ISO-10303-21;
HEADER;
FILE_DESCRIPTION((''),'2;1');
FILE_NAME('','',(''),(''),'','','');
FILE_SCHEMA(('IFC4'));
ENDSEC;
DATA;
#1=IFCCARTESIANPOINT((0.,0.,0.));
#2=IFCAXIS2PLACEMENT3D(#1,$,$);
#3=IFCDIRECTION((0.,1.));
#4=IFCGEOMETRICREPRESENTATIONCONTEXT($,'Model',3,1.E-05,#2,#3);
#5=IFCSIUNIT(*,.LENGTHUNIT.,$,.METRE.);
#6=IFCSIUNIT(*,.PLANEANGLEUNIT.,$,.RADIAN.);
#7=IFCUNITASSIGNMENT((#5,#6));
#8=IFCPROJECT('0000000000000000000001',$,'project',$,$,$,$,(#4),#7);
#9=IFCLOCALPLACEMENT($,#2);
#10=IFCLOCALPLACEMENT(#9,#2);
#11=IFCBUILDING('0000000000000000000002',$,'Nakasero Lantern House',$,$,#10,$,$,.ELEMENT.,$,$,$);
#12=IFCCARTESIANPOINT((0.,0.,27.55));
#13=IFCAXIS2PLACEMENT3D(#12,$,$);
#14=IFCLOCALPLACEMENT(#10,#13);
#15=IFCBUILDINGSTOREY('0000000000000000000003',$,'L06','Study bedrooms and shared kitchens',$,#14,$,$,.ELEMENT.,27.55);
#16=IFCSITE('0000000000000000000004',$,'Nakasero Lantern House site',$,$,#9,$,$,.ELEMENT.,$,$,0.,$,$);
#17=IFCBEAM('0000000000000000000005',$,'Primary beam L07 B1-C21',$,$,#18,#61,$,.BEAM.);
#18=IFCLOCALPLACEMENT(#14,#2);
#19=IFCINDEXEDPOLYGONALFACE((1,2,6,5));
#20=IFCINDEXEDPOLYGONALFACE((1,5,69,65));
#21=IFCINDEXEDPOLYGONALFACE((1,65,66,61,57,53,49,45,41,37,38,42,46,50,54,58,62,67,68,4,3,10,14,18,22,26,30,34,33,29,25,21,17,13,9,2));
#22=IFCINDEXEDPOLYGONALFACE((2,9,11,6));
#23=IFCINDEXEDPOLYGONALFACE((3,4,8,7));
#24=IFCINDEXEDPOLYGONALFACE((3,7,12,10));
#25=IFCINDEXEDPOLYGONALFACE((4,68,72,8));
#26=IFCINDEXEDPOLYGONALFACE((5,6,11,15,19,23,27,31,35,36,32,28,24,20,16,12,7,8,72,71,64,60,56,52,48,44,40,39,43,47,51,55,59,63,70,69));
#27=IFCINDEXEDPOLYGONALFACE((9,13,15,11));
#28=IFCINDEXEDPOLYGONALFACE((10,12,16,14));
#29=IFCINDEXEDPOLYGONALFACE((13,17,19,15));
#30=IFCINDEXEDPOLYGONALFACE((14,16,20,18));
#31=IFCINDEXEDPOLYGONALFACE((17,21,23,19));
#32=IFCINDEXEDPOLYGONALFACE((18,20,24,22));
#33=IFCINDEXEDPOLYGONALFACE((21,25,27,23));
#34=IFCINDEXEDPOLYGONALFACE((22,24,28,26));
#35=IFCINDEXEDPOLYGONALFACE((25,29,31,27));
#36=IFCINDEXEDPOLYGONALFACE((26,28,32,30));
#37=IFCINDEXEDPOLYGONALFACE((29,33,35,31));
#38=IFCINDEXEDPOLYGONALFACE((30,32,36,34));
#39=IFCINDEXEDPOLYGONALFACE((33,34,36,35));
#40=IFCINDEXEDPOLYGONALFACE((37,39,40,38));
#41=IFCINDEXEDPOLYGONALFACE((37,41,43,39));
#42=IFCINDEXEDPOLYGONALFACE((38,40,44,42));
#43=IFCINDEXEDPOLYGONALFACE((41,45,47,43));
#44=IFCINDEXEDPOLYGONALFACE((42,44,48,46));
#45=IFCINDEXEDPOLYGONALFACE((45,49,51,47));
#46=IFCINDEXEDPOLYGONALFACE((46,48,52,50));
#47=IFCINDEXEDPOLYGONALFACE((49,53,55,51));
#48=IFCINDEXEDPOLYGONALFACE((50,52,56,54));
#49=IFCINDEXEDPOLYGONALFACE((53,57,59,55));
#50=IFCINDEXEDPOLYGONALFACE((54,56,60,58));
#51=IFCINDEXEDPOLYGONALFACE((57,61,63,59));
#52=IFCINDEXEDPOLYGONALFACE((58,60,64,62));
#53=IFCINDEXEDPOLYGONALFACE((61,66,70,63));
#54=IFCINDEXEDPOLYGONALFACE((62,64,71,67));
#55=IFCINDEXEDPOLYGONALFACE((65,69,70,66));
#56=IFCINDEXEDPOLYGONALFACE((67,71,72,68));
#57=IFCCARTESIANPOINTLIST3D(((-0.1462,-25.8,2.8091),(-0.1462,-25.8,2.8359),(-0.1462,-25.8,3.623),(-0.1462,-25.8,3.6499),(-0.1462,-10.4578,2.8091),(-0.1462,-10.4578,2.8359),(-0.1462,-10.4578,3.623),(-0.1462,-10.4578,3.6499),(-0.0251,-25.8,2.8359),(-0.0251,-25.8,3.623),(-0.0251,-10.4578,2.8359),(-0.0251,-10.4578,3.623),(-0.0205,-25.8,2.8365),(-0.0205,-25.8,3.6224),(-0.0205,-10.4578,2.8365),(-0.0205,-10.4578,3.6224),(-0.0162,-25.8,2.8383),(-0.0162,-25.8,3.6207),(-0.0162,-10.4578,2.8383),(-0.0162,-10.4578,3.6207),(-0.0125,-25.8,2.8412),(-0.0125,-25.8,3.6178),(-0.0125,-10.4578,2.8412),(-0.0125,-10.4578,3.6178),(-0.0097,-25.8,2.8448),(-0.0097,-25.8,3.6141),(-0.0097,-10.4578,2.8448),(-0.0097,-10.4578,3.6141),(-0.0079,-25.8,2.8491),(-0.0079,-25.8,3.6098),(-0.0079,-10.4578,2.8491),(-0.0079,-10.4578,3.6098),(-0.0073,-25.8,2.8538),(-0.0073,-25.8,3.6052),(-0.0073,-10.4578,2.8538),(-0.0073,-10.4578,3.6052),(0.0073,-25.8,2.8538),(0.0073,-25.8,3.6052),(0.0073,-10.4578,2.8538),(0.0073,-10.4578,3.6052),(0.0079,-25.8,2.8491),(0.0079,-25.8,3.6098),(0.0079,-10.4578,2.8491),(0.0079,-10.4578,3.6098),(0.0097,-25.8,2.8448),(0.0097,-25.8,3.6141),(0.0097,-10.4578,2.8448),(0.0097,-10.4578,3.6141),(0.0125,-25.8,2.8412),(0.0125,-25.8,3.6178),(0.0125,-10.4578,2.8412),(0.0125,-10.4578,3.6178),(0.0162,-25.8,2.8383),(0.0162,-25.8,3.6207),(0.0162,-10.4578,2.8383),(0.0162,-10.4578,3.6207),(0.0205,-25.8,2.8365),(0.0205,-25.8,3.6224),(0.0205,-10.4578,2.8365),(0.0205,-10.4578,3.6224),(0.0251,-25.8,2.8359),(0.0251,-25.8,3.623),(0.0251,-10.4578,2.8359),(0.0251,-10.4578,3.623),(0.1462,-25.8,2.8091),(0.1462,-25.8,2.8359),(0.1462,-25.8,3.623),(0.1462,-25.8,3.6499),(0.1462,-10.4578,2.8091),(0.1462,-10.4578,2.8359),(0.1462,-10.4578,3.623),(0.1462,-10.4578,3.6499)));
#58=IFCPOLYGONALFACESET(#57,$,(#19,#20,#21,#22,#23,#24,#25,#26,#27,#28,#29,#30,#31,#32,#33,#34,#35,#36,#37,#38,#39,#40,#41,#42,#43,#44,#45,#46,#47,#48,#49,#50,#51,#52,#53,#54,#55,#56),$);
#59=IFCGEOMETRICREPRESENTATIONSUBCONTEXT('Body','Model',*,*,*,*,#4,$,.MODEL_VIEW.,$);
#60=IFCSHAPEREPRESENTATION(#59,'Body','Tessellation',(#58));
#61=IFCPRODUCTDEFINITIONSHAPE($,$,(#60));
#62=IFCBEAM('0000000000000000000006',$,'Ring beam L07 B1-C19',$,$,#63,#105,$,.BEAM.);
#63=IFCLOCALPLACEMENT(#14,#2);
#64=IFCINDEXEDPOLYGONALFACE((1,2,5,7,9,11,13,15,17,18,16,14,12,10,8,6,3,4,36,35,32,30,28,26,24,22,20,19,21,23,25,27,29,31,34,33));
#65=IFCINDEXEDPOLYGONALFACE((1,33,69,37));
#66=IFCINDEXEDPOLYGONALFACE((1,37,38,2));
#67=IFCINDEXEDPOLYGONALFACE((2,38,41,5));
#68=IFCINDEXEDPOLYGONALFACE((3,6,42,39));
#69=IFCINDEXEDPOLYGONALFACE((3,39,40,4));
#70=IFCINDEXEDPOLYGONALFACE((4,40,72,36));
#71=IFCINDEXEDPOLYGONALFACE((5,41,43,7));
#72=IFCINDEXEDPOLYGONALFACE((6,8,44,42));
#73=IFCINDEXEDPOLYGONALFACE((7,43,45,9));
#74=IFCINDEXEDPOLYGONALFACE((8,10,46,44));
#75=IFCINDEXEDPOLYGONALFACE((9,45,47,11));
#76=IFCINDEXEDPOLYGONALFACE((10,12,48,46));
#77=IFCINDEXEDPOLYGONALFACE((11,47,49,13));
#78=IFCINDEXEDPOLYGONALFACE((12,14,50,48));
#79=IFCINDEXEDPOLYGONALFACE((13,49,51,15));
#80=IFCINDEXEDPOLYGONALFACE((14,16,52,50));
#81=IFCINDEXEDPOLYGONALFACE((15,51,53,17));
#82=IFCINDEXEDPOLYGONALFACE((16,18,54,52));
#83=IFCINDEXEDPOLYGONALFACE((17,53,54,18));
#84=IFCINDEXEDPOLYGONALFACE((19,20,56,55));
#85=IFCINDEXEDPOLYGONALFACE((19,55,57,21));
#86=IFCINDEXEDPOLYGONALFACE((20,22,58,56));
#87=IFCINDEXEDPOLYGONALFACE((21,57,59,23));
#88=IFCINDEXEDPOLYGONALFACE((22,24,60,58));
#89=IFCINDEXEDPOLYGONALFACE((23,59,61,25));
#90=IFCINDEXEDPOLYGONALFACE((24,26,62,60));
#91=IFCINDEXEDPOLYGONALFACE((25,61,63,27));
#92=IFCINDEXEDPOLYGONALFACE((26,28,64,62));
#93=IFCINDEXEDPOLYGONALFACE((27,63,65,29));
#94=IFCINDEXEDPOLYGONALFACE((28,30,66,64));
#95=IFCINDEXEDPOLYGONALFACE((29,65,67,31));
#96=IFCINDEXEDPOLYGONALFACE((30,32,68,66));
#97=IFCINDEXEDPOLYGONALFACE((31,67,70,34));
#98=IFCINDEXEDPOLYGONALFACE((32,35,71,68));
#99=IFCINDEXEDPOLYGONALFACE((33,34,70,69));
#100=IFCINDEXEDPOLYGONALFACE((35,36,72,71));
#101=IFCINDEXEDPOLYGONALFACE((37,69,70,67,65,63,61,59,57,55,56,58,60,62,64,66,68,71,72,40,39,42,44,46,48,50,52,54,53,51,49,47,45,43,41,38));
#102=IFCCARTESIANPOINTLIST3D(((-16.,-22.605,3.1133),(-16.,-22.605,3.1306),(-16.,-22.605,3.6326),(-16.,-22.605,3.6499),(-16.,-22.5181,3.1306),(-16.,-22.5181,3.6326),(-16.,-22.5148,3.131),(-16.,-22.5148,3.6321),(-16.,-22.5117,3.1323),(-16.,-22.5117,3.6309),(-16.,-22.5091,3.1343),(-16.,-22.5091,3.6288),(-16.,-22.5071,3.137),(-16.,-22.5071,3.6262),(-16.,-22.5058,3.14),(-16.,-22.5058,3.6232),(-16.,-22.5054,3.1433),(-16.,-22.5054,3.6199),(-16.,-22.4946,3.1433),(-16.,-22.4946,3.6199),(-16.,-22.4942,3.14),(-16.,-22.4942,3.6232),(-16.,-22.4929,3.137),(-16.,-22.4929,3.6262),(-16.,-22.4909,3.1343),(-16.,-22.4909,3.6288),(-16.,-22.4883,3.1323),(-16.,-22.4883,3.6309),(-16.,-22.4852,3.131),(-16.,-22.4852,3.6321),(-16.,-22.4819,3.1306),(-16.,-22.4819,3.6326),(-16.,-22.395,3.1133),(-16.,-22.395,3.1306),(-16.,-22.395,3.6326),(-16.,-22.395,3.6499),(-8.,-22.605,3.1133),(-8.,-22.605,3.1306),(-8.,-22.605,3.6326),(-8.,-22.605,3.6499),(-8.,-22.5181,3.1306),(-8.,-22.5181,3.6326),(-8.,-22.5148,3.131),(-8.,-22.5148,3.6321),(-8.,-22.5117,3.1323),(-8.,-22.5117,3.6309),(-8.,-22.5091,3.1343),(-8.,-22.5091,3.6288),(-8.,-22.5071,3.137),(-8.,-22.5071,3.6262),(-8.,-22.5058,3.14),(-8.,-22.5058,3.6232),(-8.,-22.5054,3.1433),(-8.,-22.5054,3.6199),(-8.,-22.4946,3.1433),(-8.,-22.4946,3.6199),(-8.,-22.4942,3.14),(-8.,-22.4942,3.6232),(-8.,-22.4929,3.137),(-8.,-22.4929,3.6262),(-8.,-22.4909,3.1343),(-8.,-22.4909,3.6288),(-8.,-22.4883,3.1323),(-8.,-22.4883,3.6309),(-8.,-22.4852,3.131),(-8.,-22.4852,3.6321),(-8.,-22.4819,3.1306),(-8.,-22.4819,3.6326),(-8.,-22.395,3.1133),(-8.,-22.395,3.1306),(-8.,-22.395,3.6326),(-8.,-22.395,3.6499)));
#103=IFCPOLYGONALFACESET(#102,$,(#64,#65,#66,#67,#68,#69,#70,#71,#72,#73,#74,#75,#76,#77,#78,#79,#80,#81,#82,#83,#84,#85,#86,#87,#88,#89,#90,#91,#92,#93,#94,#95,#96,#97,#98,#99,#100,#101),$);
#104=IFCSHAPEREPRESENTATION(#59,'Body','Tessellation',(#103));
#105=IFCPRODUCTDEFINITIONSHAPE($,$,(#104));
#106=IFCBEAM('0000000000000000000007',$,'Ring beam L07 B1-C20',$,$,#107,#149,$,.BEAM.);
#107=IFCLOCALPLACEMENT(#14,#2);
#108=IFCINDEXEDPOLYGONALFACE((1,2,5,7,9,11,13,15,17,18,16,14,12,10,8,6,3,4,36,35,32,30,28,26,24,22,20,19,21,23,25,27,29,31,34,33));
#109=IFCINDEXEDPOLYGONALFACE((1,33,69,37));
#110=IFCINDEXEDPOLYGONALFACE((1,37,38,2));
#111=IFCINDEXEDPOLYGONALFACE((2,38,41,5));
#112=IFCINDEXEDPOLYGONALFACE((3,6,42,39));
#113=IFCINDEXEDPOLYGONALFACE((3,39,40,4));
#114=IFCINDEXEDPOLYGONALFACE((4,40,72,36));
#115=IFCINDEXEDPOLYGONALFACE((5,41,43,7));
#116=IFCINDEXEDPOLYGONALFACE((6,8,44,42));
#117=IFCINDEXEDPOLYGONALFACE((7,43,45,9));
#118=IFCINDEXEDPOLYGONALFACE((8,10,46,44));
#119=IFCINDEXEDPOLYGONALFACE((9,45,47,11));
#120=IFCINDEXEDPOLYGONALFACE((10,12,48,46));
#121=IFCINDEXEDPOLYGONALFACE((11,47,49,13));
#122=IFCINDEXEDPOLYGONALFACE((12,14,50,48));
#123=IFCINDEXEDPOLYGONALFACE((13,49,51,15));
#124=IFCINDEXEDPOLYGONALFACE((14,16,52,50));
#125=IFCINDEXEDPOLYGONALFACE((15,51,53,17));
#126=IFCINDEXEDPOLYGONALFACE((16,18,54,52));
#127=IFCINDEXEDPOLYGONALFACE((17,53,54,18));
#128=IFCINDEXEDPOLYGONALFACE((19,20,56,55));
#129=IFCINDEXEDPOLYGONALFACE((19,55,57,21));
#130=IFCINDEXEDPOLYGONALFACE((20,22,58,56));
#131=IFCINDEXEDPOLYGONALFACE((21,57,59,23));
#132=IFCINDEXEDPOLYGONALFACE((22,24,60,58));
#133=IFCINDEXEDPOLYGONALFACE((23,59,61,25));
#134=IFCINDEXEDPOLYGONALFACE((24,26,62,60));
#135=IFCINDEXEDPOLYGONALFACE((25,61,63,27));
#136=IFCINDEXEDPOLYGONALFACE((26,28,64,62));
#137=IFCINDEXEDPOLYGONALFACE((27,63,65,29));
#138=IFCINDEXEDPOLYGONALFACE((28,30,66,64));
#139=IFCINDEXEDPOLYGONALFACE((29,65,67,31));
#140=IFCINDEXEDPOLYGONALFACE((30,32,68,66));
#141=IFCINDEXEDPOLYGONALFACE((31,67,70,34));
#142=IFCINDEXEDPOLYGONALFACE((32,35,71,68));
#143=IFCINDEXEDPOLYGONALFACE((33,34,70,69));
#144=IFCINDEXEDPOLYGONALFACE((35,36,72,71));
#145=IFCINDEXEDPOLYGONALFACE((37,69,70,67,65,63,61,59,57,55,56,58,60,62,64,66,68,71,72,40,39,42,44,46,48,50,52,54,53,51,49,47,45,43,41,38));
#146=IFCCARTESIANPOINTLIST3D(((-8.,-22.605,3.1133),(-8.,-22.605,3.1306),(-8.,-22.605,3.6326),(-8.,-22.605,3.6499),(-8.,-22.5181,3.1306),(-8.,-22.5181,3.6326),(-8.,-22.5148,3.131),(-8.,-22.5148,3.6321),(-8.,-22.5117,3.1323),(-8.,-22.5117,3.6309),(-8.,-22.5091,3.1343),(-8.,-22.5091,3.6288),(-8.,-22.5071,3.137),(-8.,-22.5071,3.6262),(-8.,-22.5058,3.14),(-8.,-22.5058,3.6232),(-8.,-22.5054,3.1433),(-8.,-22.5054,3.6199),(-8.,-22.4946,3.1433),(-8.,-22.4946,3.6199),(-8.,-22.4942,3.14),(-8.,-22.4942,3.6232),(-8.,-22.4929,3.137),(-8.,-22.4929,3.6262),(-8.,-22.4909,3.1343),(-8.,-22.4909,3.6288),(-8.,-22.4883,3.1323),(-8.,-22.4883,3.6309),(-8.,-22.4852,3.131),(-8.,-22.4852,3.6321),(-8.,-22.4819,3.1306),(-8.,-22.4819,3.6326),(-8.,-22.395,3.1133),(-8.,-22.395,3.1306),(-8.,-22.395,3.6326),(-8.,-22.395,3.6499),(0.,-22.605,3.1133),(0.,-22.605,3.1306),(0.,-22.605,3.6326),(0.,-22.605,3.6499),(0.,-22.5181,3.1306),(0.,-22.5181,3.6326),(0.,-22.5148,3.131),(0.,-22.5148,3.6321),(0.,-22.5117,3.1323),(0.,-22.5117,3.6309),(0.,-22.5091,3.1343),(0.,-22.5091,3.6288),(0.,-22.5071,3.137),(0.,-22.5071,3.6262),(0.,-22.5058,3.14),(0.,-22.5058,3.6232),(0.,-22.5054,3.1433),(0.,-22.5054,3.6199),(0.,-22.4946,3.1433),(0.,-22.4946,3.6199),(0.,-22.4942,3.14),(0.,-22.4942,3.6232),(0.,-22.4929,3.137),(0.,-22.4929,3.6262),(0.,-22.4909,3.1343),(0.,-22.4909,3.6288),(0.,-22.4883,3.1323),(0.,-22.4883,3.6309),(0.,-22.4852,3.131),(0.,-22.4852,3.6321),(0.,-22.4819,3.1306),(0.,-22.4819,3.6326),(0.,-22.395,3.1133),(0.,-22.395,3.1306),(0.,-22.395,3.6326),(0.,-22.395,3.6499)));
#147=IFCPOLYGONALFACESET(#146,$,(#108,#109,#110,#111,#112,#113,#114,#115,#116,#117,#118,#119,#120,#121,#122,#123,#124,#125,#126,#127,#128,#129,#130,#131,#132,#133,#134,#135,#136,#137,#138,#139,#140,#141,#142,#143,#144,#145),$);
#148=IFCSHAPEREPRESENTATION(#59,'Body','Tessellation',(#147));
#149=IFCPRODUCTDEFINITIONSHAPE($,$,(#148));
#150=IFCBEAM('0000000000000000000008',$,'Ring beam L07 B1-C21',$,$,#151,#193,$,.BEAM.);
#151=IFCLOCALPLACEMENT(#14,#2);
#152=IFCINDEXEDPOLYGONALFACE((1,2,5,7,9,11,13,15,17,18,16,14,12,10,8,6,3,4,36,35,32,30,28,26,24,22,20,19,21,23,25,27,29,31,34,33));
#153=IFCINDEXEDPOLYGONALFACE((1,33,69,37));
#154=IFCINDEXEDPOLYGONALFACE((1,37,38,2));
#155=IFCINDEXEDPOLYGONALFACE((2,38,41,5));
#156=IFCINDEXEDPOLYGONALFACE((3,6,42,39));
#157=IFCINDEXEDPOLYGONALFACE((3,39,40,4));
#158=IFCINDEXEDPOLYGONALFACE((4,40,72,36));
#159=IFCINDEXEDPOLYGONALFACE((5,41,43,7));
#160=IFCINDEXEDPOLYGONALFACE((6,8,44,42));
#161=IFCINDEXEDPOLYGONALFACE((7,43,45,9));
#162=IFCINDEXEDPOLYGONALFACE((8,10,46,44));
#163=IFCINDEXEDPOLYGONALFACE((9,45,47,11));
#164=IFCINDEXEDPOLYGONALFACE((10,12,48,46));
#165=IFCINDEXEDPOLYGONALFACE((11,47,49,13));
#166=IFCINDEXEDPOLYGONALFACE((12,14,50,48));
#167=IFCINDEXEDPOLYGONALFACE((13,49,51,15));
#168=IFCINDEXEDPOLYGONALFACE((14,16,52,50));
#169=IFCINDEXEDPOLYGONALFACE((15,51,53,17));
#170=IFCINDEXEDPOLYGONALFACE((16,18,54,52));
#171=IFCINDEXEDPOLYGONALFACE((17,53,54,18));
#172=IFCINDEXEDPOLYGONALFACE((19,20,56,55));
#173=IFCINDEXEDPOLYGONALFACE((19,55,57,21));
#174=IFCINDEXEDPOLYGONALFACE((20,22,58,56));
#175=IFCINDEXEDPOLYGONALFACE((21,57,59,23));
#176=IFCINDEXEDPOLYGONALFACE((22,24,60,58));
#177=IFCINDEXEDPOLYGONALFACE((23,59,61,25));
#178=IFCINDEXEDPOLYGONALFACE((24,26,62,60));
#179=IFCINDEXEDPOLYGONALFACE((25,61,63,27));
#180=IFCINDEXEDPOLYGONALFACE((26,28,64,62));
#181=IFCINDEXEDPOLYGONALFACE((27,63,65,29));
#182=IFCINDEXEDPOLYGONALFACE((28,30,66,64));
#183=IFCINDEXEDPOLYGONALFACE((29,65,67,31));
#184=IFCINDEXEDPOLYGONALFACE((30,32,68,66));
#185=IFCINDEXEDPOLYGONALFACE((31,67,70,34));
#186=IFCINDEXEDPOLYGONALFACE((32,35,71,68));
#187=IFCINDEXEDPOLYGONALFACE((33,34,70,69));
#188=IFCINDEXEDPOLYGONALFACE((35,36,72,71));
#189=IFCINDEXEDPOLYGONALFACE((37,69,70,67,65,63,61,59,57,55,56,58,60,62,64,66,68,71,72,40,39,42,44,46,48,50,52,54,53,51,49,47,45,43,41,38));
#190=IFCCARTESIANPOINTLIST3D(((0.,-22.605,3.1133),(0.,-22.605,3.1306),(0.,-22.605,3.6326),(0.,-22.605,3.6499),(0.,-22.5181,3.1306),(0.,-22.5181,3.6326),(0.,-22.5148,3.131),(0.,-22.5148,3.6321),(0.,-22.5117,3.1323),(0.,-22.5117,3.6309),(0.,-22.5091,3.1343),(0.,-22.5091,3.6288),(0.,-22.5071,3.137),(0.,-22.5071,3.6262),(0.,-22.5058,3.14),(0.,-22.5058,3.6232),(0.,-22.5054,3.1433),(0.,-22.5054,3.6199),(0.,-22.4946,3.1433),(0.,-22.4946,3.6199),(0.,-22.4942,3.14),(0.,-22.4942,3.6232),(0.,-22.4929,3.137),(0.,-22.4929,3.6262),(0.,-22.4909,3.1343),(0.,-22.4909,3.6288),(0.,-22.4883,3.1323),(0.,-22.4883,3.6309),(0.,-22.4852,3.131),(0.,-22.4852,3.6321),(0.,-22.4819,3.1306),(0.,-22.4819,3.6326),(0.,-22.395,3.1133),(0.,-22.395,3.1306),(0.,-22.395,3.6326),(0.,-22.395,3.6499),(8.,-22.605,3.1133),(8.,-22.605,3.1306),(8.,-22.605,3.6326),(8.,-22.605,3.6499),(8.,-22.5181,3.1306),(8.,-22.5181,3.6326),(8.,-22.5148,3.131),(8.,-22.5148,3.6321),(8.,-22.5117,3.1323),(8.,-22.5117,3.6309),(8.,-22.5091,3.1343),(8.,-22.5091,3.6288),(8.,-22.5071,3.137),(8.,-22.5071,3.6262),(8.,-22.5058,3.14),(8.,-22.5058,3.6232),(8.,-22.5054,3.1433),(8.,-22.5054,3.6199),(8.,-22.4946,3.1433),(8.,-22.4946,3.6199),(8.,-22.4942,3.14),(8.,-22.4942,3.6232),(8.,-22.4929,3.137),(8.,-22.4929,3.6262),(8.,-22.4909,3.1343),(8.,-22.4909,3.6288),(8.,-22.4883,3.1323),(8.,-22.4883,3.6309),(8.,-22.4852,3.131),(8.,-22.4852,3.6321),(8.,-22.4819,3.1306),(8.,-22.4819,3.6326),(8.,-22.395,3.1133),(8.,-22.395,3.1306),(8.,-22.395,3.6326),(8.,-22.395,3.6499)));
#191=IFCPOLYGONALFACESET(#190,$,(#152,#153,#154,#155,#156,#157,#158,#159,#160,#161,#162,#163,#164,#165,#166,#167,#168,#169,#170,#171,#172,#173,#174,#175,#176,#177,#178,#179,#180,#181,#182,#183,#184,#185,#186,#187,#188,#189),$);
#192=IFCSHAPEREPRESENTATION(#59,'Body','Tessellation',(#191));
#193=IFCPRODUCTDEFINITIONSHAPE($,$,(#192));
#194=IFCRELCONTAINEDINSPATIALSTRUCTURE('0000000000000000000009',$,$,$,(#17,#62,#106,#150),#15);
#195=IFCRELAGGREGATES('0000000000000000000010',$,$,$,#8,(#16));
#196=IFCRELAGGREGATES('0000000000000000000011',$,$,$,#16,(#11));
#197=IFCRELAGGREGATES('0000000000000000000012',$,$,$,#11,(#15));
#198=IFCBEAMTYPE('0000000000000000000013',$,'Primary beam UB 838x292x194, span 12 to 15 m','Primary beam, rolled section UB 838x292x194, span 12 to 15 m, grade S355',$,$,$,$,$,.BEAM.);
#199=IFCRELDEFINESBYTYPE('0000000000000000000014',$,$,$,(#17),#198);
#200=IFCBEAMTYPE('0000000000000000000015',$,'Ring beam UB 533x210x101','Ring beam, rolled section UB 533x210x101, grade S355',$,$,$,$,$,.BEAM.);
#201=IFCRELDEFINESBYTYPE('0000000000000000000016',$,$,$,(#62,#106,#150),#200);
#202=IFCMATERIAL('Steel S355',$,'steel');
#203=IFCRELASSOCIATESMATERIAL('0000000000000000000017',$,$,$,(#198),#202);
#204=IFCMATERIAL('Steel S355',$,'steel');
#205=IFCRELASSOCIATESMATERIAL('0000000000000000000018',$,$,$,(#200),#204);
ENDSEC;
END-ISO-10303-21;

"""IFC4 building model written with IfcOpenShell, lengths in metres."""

from ifc_helpers import new_model, si_unit, direction, frame, origin, origin_2d, place, context, subcontext, project, spatial, i_section, extrude, material, material_profile, profile_set, type_object, element, save


model = new_model("IFC4")

# Units and contexts
model_context = context("Model", 3, precision=1e-05, world=origin(), true_north=direction((0.0, 1.0)))
body_context = subcontext(model_context, "Body", "Model", "MODEL_VIEW")
ifc_project = project(units=[si_unit("LENGTHUNIT", "METRE"), si_unit("PLANEANGLEUNIT", "RADIAN")], contexts=[model_context])

# Site, building, storey
site_placement = place(None, origin())
site = spatial("IfcSite", under=ifc_project, at=site_placement, Name="Nakasero Lantern House site", CompositionType="ELEMENT", RefElevation=0.0)
building_placement = place(site_placement, origin())
building = spatial("IfcBuilding", under=site, at=building_placement, Name="Nakasero Lantern House", CompositionType="ELEMENT")
storey_placement = place(building_placement, frame((0.0, 0.0, 27.55)))
storey = spatial("IfcBuildingStorey", under=building, at=storey_placement, Name="L06", Description="Study bedrooms and shared kitchens", CompositionType="ELEMENT", Elevation=27.55)

# Beams
ifc_material_1 = material(Name="Steel S355", Category="steel")
ifc_material_profile_1 = material_profile(ifc_material_1, i_section(OverallWidth=0.2925, OverallDepth=0.8408, WebThickness=0.0146, FlangeThickness=0.0269, FilletRadius=0.0178, at=origin_2d()), Name="UB 838x292x194")
ifc_profile_set_1 = profile_set([ifc_material_profile_1], Name="Steel S355")
beam_type_1 = type_object("IfcBeamType", Name="Primary beam UB 838x292x194, span 12 to 15 m", Description="Primary beam, rolled section UB 838x292x194, span 12 to 15 m, grade S355", PredefinedType="BEAM", material=ifc_profile_set_1)
beam_1_placement = place(storey_placement, frame((0.0, -25.8, 3.2295), z_axis=(0.0, 1.0, 0.0), x_axis=(-1.0, 0.0, 0.0)))
element("IfcBeam", 1, at=beam_1_placement, inside=storey, type_object=beam_type_1, Name="Primary beam L07 B1-C21", PredefinedType="BEAM", context=body_context, shape_type="SweptSolid", body=[
    extrude(i_section(OverallWidth=0.2925, OverallDepth=0.8408, WebThickness=0.0146, FlangeThickness=0.0269, FilletRadius=0.0178, at=origin_2d()), origin(), (0.0, 0.0, 1.0), 15.3423),
])
ifc_material_2 = material(Name="Steel S355", Category="steel")
ifc_material_profile_2 = material_profile(ifc_material_2, i_section(OverallWidth=0.21, OverallDepth=0.5366, WebThickness=0.0107, FlangeThickness=0.0173, FilletRadius=0.0127, at=origin_2d()), Name="UB 533x210x101")
ifc_profile_set_2 = profile_set([ifc_material_profile_2], Name="Steel S355")
beam_type_2 = type_object("IfcBeamType", Name="Ring beam UB 533x210x101", Description="Ring beam, rolled section UB 533x210x101, grade S355", PredefinedType="BEAM", material=ifc_profile_set_2)
for number, where, z_axis, x_axis, name in (
    (2, (-16.0, -22.5, 3.3816), (1.0, 0.0, 0.0), (0.0, 1.0, 0.0), "Ring beam L07 B1-C19"),
    (3, (-8.0, -22.5, 3.3816), (1.0, 0.0, 0.0), (0.0, 1.0, 0.0), "Ring beam L07 B1-C20"),
    (4, (0.0, -22.5, 3.3816), (1.0, 0.0, 0.0), (0.0, 1.0, 0.0), "Ring beam L07 B1-C21"),
):
    element("IfcBeam", number, at=place(storey_placement, frame(where, z_axis=z_axis, x_axis=x_axis)), inside=storey, type_object=beam_type_2, Name=name, PredefinedType="BEAM", context=body_context, shape_type="SweptSolid", body=[
        extrude(i_section(OverallWidth=0.21, OverallDepth=0.5366, WebThickness=0.0107, FlangeThickness=0.0173, FilletRadius=0.0127, at=origin_2d()), origin(), (0.0, 0.0, 1.0), 8.0),
    ])

save(model, "model.ifc")
